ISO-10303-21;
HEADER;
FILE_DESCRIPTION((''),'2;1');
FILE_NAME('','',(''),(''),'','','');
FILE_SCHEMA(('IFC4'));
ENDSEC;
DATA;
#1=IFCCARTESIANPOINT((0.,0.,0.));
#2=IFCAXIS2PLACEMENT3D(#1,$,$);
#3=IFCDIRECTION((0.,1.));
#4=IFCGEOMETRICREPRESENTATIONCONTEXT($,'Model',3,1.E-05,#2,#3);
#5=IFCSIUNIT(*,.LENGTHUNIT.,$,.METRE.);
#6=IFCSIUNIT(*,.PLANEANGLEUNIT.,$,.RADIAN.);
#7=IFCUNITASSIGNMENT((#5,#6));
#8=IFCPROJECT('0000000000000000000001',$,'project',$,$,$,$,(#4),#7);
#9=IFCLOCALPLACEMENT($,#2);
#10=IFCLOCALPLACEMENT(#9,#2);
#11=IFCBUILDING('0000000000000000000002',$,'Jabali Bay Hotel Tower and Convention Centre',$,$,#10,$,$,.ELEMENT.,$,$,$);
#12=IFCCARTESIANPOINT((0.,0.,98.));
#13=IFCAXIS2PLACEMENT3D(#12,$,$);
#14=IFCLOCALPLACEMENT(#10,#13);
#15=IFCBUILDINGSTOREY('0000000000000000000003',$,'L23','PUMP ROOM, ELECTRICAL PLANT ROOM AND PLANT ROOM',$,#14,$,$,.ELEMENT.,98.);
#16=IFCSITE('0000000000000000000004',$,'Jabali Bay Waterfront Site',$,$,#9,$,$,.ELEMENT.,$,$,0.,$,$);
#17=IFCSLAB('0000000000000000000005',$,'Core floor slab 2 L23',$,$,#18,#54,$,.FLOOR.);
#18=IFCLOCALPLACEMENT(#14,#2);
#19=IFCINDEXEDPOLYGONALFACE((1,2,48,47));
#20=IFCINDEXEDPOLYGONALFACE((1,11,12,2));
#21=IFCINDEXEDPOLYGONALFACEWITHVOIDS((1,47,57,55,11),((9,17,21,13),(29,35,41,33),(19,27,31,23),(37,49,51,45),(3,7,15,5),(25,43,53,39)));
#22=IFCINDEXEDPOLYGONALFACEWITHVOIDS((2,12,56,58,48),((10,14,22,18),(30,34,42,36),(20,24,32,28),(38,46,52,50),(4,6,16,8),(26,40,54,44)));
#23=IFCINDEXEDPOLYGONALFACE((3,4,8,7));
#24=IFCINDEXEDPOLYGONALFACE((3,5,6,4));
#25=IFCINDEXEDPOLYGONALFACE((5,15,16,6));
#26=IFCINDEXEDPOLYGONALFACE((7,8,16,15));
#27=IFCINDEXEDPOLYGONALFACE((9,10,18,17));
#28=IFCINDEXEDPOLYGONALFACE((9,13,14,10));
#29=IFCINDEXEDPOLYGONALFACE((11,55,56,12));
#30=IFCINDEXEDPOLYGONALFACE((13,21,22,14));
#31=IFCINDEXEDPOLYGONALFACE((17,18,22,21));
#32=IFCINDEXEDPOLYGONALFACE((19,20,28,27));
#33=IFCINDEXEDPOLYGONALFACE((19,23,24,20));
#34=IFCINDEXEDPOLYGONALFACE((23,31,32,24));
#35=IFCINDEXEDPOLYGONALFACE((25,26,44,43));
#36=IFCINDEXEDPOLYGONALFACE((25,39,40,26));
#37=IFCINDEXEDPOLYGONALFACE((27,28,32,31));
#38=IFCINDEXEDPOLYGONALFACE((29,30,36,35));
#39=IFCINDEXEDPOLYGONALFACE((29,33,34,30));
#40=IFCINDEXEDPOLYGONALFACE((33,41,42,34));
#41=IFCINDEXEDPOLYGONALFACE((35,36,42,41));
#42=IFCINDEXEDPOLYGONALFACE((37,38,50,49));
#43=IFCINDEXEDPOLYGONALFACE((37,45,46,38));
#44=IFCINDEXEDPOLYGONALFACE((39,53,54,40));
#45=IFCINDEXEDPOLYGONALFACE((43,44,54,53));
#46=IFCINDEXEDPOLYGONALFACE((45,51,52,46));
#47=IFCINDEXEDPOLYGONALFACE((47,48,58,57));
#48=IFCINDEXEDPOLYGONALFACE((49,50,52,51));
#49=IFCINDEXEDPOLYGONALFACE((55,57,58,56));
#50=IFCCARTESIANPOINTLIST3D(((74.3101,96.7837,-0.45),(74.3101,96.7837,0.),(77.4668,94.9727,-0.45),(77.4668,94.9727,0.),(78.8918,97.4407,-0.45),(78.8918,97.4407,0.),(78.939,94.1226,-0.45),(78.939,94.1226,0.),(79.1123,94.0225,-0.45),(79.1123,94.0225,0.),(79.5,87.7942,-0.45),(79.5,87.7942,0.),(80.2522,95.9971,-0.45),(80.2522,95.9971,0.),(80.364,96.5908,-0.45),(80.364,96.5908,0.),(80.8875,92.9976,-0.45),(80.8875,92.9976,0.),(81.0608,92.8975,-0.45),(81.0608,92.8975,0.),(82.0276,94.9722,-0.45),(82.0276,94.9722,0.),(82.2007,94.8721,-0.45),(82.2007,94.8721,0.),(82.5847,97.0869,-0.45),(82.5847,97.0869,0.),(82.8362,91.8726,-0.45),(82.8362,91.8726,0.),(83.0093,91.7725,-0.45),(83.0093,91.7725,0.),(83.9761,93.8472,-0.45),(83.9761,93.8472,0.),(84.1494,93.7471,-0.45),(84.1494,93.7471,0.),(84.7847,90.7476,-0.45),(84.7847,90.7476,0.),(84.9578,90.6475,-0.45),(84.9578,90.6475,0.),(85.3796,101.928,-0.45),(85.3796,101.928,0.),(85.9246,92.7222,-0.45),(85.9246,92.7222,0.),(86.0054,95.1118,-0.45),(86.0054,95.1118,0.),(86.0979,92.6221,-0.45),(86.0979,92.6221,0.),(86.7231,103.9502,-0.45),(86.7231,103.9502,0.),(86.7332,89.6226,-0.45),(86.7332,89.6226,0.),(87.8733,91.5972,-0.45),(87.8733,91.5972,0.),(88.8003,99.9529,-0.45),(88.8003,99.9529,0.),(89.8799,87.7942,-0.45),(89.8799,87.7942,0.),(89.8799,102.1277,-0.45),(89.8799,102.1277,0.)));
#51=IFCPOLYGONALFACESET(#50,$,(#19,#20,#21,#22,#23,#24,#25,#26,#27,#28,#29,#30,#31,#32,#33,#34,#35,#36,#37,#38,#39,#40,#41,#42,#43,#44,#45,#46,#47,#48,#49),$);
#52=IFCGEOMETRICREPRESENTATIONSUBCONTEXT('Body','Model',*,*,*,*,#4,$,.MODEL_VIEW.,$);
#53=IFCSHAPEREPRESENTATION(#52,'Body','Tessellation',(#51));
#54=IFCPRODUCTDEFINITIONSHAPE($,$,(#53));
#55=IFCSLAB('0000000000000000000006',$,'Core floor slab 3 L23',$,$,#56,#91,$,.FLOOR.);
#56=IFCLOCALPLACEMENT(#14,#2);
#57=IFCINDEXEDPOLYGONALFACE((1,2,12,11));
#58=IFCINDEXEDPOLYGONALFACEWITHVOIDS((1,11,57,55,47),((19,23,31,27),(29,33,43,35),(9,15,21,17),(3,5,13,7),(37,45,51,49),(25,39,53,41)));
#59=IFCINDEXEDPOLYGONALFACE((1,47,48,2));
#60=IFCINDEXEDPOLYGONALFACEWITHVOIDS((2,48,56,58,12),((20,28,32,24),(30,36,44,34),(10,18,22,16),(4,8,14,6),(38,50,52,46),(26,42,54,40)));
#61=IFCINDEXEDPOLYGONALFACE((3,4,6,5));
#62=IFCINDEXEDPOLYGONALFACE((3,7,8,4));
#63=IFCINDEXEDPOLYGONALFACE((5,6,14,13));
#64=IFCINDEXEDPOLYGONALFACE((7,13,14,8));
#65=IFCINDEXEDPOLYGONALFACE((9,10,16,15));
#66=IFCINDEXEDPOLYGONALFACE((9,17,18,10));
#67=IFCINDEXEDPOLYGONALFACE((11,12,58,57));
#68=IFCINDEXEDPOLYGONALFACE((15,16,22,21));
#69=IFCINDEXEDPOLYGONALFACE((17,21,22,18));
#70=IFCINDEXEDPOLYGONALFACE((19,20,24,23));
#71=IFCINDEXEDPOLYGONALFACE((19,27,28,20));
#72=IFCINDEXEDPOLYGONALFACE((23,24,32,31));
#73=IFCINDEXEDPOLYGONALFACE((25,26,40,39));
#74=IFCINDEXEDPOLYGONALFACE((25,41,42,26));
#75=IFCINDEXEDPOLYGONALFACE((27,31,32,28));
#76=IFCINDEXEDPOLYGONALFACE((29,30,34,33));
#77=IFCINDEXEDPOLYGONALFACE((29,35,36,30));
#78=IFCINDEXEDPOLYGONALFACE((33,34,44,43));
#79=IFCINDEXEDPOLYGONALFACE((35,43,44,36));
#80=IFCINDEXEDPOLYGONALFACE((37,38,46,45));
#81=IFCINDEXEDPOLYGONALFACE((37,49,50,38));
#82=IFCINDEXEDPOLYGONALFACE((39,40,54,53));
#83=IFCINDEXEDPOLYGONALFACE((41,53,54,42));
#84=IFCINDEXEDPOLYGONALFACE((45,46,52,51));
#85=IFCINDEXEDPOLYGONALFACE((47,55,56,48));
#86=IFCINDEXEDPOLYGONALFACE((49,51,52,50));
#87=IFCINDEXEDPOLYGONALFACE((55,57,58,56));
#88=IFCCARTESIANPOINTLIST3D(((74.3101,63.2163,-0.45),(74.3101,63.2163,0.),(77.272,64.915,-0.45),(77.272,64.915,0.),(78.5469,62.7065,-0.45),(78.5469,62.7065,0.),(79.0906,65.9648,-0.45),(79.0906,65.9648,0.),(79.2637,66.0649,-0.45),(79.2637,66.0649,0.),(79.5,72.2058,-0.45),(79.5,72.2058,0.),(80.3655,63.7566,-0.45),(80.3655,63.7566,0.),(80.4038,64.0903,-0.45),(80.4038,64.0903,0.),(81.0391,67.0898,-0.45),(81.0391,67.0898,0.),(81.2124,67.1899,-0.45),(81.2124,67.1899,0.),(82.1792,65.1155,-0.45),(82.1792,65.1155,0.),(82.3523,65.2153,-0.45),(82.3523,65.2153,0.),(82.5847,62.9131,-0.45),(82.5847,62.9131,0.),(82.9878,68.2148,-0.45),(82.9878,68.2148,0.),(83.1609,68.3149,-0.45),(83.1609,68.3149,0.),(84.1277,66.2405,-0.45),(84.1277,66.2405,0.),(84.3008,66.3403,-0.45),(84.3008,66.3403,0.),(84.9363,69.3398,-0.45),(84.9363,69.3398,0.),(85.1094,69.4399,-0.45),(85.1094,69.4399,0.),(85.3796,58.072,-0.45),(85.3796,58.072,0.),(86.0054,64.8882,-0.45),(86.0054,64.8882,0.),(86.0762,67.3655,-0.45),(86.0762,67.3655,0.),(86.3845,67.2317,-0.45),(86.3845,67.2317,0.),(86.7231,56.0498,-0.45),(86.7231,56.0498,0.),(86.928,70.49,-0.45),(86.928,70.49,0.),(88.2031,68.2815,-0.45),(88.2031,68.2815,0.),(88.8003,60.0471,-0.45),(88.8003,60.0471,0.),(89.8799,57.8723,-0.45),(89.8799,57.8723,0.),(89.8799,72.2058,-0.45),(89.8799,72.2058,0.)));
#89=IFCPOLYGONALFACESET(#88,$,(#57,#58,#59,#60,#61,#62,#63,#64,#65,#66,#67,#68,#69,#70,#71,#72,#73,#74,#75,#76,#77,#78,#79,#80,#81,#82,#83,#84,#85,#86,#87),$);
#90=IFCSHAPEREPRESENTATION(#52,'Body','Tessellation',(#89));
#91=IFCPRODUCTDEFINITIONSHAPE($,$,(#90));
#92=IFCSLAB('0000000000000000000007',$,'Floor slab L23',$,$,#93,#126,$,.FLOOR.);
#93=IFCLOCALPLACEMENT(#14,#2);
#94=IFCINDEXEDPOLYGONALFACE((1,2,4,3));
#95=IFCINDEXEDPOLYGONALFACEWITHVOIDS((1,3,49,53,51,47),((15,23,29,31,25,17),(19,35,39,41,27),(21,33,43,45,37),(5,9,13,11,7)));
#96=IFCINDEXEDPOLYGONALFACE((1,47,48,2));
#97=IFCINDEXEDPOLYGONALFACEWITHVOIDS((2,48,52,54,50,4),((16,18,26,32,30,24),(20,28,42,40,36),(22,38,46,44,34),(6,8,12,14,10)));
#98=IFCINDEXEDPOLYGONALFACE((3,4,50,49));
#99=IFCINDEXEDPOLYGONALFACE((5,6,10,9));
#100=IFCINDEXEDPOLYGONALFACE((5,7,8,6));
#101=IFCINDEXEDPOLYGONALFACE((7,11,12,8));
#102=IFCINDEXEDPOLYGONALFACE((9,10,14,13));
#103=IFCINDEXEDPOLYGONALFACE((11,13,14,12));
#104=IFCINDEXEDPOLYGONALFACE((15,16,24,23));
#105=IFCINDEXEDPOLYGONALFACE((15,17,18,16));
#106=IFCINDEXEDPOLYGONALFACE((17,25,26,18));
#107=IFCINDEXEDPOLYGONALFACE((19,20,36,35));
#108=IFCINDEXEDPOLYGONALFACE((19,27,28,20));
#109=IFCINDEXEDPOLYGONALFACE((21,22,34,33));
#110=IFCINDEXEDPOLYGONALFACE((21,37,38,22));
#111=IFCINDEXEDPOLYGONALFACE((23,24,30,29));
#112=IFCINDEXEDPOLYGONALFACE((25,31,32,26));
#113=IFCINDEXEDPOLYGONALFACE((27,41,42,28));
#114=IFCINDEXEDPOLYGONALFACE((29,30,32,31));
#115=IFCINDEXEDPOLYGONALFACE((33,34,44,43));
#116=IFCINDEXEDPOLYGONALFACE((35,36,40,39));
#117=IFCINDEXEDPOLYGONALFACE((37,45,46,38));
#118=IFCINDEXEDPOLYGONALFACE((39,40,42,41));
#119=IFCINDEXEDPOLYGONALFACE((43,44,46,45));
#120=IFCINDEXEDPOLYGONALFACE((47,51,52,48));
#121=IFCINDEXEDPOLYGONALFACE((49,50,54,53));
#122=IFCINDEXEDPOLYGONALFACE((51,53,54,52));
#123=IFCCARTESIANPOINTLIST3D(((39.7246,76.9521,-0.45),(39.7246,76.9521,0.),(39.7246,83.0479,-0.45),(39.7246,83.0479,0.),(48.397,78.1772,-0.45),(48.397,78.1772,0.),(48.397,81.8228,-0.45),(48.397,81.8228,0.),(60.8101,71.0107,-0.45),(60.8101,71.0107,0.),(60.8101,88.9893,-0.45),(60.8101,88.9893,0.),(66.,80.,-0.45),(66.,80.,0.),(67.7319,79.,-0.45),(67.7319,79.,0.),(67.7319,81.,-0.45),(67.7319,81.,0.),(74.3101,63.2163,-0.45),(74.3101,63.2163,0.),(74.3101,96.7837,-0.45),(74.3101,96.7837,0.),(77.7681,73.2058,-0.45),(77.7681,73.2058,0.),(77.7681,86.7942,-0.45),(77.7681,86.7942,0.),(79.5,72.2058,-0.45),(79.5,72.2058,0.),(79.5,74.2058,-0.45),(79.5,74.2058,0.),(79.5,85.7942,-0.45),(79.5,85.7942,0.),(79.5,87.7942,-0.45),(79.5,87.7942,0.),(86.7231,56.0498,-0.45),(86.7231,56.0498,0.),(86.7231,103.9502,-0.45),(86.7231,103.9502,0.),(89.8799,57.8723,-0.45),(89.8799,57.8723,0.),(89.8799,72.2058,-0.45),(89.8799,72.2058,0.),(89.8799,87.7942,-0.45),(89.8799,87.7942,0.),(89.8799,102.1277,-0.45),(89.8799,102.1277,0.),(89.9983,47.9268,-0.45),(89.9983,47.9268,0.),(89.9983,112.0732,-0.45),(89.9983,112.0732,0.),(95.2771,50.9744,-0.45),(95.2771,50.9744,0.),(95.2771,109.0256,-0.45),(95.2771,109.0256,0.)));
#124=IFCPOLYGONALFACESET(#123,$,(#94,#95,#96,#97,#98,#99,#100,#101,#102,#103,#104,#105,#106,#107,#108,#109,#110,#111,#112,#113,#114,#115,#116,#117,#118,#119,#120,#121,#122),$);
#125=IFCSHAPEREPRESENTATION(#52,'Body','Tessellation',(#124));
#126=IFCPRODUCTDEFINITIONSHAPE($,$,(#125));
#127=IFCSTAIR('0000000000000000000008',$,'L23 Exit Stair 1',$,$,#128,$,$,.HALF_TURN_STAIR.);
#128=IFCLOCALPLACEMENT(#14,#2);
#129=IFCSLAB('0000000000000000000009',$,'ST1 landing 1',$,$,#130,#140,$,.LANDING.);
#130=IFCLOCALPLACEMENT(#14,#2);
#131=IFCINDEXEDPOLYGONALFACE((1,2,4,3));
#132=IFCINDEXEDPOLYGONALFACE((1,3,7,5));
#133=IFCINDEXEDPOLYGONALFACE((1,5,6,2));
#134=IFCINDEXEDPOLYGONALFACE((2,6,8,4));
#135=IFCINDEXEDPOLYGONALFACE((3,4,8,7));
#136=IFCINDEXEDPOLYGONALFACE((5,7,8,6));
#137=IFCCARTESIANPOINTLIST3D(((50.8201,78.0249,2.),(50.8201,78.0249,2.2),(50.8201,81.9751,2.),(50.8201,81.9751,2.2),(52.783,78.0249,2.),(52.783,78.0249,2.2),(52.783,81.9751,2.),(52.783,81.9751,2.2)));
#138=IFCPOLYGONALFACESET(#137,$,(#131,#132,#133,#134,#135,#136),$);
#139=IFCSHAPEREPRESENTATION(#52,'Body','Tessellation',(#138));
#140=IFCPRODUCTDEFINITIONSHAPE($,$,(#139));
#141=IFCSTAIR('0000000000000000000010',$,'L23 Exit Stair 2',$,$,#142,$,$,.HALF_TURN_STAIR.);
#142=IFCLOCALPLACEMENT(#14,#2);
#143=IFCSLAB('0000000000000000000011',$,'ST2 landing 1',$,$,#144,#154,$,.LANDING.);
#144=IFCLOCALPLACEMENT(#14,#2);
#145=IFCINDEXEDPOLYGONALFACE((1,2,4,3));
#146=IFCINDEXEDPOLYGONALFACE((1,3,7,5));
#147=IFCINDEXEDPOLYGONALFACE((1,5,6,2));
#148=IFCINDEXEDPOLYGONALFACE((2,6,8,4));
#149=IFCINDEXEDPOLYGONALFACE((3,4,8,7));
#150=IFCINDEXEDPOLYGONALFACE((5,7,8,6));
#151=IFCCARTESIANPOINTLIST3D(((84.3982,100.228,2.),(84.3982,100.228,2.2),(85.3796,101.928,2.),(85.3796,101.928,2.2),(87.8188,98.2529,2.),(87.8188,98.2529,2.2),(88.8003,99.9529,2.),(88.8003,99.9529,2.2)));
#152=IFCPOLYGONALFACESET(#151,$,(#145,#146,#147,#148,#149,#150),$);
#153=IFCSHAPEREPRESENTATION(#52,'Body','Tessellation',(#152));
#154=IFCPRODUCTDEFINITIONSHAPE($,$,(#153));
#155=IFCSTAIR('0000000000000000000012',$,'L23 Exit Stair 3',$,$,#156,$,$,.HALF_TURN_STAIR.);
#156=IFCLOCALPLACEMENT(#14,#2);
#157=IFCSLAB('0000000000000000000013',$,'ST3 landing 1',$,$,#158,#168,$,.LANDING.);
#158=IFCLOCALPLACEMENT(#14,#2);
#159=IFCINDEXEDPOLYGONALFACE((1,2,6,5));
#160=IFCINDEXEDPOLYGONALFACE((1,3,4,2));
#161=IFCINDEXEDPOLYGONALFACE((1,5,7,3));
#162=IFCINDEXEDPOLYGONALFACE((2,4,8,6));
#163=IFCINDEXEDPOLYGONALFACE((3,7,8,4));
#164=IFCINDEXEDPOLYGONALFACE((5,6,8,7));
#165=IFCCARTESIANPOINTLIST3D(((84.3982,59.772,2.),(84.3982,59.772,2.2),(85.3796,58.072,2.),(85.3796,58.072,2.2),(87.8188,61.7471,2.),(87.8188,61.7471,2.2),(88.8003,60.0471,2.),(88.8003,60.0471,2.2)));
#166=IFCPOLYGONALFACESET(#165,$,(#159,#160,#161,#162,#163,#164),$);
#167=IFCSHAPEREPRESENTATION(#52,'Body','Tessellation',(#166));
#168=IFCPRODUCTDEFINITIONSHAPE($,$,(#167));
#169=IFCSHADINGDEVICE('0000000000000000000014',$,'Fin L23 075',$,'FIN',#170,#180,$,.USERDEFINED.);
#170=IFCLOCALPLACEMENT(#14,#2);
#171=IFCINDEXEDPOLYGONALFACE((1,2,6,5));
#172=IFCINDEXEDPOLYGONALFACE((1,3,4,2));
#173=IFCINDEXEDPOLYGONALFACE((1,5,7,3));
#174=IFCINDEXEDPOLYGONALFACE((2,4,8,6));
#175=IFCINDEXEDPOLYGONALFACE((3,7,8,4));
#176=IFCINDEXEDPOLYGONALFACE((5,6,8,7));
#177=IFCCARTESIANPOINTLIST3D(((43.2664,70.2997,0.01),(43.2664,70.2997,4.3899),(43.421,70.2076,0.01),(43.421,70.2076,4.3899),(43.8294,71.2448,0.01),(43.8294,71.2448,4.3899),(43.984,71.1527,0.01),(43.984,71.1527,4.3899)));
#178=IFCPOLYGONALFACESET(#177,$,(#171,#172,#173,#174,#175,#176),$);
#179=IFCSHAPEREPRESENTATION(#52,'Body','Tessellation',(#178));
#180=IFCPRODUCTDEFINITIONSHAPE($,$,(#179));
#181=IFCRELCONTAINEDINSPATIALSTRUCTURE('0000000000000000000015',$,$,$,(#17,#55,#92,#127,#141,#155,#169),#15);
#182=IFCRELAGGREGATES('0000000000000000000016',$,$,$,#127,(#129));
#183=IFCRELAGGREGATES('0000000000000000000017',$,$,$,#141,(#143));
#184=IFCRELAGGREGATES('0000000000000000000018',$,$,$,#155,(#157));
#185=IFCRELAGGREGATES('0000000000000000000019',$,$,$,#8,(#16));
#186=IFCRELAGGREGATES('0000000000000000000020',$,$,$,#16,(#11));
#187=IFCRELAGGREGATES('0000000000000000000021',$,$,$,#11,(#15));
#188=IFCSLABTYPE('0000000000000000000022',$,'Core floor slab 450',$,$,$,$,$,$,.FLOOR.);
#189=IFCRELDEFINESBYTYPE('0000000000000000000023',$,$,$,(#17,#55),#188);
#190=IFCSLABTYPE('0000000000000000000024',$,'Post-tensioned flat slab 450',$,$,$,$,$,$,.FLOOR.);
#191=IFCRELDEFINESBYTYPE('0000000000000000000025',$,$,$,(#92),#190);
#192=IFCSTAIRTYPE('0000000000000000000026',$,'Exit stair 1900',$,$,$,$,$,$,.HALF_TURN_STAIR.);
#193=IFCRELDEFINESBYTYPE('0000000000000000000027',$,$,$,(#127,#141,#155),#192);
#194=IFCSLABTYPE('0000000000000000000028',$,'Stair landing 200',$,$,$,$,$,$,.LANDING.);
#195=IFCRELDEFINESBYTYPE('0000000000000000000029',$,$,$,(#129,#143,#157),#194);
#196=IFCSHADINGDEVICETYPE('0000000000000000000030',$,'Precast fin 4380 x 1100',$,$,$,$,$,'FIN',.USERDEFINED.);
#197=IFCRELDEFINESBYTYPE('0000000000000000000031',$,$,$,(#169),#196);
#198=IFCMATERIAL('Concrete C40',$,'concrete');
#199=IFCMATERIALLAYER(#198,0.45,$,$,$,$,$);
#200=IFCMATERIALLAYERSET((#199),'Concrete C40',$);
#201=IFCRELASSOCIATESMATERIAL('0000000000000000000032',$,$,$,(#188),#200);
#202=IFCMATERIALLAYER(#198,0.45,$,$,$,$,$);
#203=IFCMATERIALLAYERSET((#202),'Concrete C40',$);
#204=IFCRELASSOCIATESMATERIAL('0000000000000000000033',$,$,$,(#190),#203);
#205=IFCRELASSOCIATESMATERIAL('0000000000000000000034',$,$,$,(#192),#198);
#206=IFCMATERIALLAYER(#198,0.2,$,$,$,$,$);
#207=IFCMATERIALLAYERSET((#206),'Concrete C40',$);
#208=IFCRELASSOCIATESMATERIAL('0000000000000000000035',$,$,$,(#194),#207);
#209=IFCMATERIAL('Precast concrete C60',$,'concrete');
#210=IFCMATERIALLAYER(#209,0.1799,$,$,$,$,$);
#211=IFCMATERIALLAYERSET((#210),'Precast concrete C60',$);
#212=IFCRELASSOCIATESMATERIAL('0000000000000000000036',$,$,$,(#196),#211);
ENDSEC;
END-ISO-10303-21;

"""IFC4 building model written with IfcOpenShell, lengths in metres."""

from ifc_helpers import new_model, si_unit, direction, frame, frame_2d, origin, place, context, subcontext, project, spatial, polyline, rectangle, outline, extrude, material, layer, layer_set, type_object, element, aggregate, save


model = new_model("IFC4")

# Units and contexts
model_context = context("Model", 3, precision=1e-05, world=origin(), true_north=direction((0.0, 1.0)))
body_context = subcontext(model_context, "Body", "Model", "MODEL_VIEW")
ifc_project = project(units=[si_unit("LENGTHUNIT", "METRE"), si_unit("PLANEANGLEUNIT", "RADIAN")], contexts=[model_context])

# Site, building, storey
site_placement = place(None, origin())
site = spatial("IfcSite", under=ifc_project, at=site_placement, Name="Jabali Bay Waterfront Site", CompositionType="ELEMENT", RefElevation=0.0)
building_placement = place(site_placement, origin())
building = spatial("IfcBuilding", under=site, at=building_placement, Name="Jabali Bay Hotel Tower and Convention Centre", CompositionType="ELEMENT")
storey_placement = place(building_placement, frame((0.0, 0.0, 98.0)))
storey = spatial("IfcBuildingStorey", under=building, at=storey_placement, Name="L23", Description="PUMP ROOM, ELECTRICAL PLANT ROOM AND PLANT ROOM", CompositionType="ELEMENT", Elevation=98.0)

# Slabs
ifc_material_1 = material(Name="Concrete C40", Category="concrete")
ifc_layer_1 = layer(ifc_material_1, 0.45)
ifc_layer_set_1 = layer_set([ifc_layer_1], Name="Concrete C40")
slab_type_1 = type_object("IfcSlabType", Name="Core floor slab 450", PredefinedType="FLOOR", material=ifc_layer_set_1)
slab_1_placement = place(storey_placement, frame((0.0, 0.0, -0.45)))
element("IfcSlab", 1, at=slab_1_placement, inside=storey, type_object=slab_type_1, Name="Core floor slab 2 L23", PredefinedType="FLOOR", context=body_context, shape_type="SweptSolid", body=[
    extrude(outline(polyline([(79.5, 87.7942), (89.8799, 87.7942), (89.8799, 102.1277), (86.7231, 103.9502), (74.3101, 96.7837), (79.5, 87.7942)]), holes=[polyline([(84.9578, 90.6475), (86.7332, 89.6226), (87.8733, 91.5972), (86.0979, 92.6221), (84.9578, 90.6475)]), polyline([(84.1494, 93.7471), (83.0093, 91.7725), (84.7847, 90.7476), (85.9246, 92.7222), (84.1494, 93.7471)]), polyline([(82.2007, 94.8721), (81.0608, 92.8975), (82.8362, 91.8726), (83.9761, 93.8472), (82.2007, 94.8721)]), polyline([(79.1123, 94.0225), (80.8875, 92.9976), (82.0276, 94.9722), (80.2522, 95.9971), (79.1123, 94.0225)]), polyline([(78.8918, 97.4407), (77.4668, 94.9727), (78.939, 94.1226), (80.364, 96.5908), (78.8918, 97.4407)]), polyline([(82.5847, 97.0869), (86.0054, 95.1118), (88.8003, 99.9529), (85.3796, 101.928), (82.5847, 97.0869)])]), origin(), (0.0, 0.0, 1.0), 0.45),
])
slab_2_placement = place(storey_placement, frame((0.0, 0.0, -0.45)))
element("IfcSlab", 2, at=slab_2_placement, inside=storey, type_object=slab_type_1, Name="Core floor slab 3 L23", PredefinedType="FLOOR", context=body_context, shape_type="SweptSolid", body=[
    extrude(outline(polyline([(79.5, 72.2058), (74.3101, 63.2163), (86.7231, 56.0498), (89.8799, 57.8723), (89.8799, 72.2058), (79.5, 72.2058)]), holes=[polyline([(82.5847, 62.9131), (85.3796, 58.072), (88.8003, 60.0471), (86.0054, 64.8882), (82.5847, 62.9131)]), polyline([(80.3655, 63.7566), (79.0906, 65.9648), (77.272, 64.915), (78.5469, 62.7065), (80.3655, 63.7566)]), polyline([(82.1792, 65.1155), (81.0391, 67.0898), (79.2637, 66.0649), (80.4038, 64.0903), (82.1792, 65.1155)]), polyline([(82.9878, 68.2148), (81.2124, 67.1899), (82.3523, 65.2153), (84.1277, 66.2405), (82.9878, 68.2148)]), polyline([(86.0762, 67.3655), (84.9363, 69.3398), (83.1609, 68.3149), (84.3008, 66.3403), (86.0762, 67.3655)]), polyline([(88.2031, 68.2815), (86.928, 70.49), (85.1094, 69.4399), (86.3845, 67.2317), (88.2031, 68.2815)])]), origin(), (0.0, 0.0, 1.0), 0.45),
])
ifc_layer_2 = layer(ifc_material_1, 0.45)
ifc_layer_set_2 = layer_set([ifc_layer_2], Name="Concrete C40")
slab_type_2 = type_object("IfcSlabType", Name="Post-tensioned flat slab 450", PredefinedType="FLOOR", material=ifc_layer_set_2)
slab_3_placement = place(storey_placement, frame((0.0, 0.0, -0.45)))
element("IfcSlab", 3, at=slab_3_placement, inside=storey, type_object=slab_type_2, Name="Floor slab L23", PredefinedType="FLOOR", context=body_context, shape_type="SweptSolid", body=[
    extrude(outline(polyline([(89.9983, 112.0732), (95.2771, 109.0256), (95.2771, 50.9744), (89.9983, 47.9268), (39.7246, 76.9521), (39.7246, 83.0479), (89.9983, 112.0732)]), holes=[polyline([(67.7319, 79.0), (77.7681, 73.2058), (79.5, 74.2058), (79.5, 85.7942), (77.7681, 86.7942), (67.7319, 81.0), (67.7319, 79.0)]), polyline([(48.397, 78.1772), (60.8101, 71.0107), (66.0, 80.0), (60.8101, 88.9893), (48.397, 81.8228), (48.397, 78.1772)]), polyline([(89.8799, 102.1277), (86.7231, 103.9502), (74.3101, 96.7837), (79.5, 87.7942), (89.8799, 87.7942), (89.8799, 102.1277)]), polyline([(74.3101, 63.2163), (86.7231, 56.0498), (89.8799, 57.8723), (89.8799, 72.2058), (79.5, 72.2058), (74.3101, 63.2163)])]), origin(), (0.0, 0.0, 1.0), 0.45),
])

# Stairs, slabs
stair_type = type_object("IfcStairType", Name="Exit stair 1900", PredefinedType="HALF_TURN_STAIR", material=ifc_material_1)
stair_1_placement = place(storey_placement, origin())
stair_1 = element("IfcStair", 4, at=stair_1_placement, inside=storey, type_object=stair_type, Name="L23 Exit Stair 1", PredefinedType="HALF_TURN_STAIR")
ifc_layer_3 = layer(ifc_material_1, 0.2)
ifc_layer_set_3 = layer_set([ifc_layer_3], Name="Concrete C40")
slab_type_3 = type_object("IfcSlabType", Name="Stair landing 200", PredefinedType="LANDING", material=ifc_layer_set_3)
slab_4_placement = place(storey_placement, frame((0.0, 0.0, 2.0)))
slab_4 = element("IfcSlab", 5, at=slab_4_placement, type_object=slab_type_3, Name="ST1 landing 1", PredefinedType="LANDING", context=body_context, shape_type="SweptSolid", body=[
    extrude(outline(polyline([(52.783, 81.9751), (50.8201, 81.9751), (50.8201, 78.0249), (52.783, 78.0249), (52.783, 81.9751)])), origin(), (0.0, 0.0, 1.0), 0.2),
])
aggregate(stair_1, [slab_4])
stair_2_placement = place(storey_placement, origin())
stair_2 = element("IfcStair", 6, at=stair_2_placement, inside=storey, type_object=stair_type, Name="L23 Exit Stair 2", PredefinedType="HALF_TURN_STAIR")
slab_5_placement = place(storey_placement, frame((0.0, 0.0, 2.0)))
slab_5 = element("IfcSlab", 7, at=slab_5_placement, type_object=slab_type_3, Name="ST2 landing 1", PredefinedType="LANDING", context=body_context, shape_type="SweptSolid", body=[
    extrude(outline(polyline([(87.8188, 98.2529), (88.8003, 99.9529), (85.3796, 101.928), (84.3982, 100.228), (87.8188, 98.2529)])), origin(), (0.0, 0.0, 1.0), 0.2),
])
aggregate(stair_2, [slab_5])
stair_3_placement = place(storey_placement, origin())
stair_3 = element("IfcStair", 8, at=stair_3_placement, inside=storey, type_object=stair_type, Name="L23 Exit Stair 3", PredefinedType="HALF_TURN_STAIR")
slab_6_placement = place(storey_placement, frame((0.0, 0.0, 2.0)))
slab_6 = element("IfcSlab", 9, at=slab_6_placement, type_object=slab_type_3, Name="ST3 landing 1", PredefinedType="LANDING", context=body_context, shape_type="SweptSolid", body=[
    extrude(outline(polyline([(84.3982, 59.772), (85.3796, 58.072), (88.8003, 60.0471), (87.8188, 61.7471), (84.3982, 59.772)])), origin(), (0.0, 0.0, 1.0), 0.2),
])
aggregate(stair_3, [slab_6])

# Shading device
ifc_material_2 = material(Name="Precast concrete C60", Category="concrete")
ifc_layer_4 = layer(ifc_material_2, 0.1799)
ifc_layer_set_4 = layer_set([ifc_layer_4], Name="Precast concrete C60")
shading_device_type = type_object("IfcShadingDeviceType", Name="Precast fin 4380 x 1100", ElementType="FIN", PredefinedType="USERDEFINED", material=ifc_layer_set_4)
for number, where, z_axis, x_axis, name in (
    (10, (43.9067, 71.1987, 0.01), (0.0, 0.0, 1.0), (-0.511784, -0.859114, 0.0), "Fin L23 075"),
):
    element("IfcShadingDevice", number, at=place(storey_placement, frame(where, z_axis=z_axis, x_axis=x_axis)), inside=storey, type_object=shading_device_type, Name=name, ObjectType="FIN", PredefinedType="USERDEFINED", context=body_context, shape_type="SweptSolid", body=[
        extrude(rectangle(XDim=1.1001, YDim=0.1799, at=frame_2d((0.55, 0.0))), origin(), (0.0, 0.0, 1.0), 4.3799),
    ])

save(model, "model.ifc")
